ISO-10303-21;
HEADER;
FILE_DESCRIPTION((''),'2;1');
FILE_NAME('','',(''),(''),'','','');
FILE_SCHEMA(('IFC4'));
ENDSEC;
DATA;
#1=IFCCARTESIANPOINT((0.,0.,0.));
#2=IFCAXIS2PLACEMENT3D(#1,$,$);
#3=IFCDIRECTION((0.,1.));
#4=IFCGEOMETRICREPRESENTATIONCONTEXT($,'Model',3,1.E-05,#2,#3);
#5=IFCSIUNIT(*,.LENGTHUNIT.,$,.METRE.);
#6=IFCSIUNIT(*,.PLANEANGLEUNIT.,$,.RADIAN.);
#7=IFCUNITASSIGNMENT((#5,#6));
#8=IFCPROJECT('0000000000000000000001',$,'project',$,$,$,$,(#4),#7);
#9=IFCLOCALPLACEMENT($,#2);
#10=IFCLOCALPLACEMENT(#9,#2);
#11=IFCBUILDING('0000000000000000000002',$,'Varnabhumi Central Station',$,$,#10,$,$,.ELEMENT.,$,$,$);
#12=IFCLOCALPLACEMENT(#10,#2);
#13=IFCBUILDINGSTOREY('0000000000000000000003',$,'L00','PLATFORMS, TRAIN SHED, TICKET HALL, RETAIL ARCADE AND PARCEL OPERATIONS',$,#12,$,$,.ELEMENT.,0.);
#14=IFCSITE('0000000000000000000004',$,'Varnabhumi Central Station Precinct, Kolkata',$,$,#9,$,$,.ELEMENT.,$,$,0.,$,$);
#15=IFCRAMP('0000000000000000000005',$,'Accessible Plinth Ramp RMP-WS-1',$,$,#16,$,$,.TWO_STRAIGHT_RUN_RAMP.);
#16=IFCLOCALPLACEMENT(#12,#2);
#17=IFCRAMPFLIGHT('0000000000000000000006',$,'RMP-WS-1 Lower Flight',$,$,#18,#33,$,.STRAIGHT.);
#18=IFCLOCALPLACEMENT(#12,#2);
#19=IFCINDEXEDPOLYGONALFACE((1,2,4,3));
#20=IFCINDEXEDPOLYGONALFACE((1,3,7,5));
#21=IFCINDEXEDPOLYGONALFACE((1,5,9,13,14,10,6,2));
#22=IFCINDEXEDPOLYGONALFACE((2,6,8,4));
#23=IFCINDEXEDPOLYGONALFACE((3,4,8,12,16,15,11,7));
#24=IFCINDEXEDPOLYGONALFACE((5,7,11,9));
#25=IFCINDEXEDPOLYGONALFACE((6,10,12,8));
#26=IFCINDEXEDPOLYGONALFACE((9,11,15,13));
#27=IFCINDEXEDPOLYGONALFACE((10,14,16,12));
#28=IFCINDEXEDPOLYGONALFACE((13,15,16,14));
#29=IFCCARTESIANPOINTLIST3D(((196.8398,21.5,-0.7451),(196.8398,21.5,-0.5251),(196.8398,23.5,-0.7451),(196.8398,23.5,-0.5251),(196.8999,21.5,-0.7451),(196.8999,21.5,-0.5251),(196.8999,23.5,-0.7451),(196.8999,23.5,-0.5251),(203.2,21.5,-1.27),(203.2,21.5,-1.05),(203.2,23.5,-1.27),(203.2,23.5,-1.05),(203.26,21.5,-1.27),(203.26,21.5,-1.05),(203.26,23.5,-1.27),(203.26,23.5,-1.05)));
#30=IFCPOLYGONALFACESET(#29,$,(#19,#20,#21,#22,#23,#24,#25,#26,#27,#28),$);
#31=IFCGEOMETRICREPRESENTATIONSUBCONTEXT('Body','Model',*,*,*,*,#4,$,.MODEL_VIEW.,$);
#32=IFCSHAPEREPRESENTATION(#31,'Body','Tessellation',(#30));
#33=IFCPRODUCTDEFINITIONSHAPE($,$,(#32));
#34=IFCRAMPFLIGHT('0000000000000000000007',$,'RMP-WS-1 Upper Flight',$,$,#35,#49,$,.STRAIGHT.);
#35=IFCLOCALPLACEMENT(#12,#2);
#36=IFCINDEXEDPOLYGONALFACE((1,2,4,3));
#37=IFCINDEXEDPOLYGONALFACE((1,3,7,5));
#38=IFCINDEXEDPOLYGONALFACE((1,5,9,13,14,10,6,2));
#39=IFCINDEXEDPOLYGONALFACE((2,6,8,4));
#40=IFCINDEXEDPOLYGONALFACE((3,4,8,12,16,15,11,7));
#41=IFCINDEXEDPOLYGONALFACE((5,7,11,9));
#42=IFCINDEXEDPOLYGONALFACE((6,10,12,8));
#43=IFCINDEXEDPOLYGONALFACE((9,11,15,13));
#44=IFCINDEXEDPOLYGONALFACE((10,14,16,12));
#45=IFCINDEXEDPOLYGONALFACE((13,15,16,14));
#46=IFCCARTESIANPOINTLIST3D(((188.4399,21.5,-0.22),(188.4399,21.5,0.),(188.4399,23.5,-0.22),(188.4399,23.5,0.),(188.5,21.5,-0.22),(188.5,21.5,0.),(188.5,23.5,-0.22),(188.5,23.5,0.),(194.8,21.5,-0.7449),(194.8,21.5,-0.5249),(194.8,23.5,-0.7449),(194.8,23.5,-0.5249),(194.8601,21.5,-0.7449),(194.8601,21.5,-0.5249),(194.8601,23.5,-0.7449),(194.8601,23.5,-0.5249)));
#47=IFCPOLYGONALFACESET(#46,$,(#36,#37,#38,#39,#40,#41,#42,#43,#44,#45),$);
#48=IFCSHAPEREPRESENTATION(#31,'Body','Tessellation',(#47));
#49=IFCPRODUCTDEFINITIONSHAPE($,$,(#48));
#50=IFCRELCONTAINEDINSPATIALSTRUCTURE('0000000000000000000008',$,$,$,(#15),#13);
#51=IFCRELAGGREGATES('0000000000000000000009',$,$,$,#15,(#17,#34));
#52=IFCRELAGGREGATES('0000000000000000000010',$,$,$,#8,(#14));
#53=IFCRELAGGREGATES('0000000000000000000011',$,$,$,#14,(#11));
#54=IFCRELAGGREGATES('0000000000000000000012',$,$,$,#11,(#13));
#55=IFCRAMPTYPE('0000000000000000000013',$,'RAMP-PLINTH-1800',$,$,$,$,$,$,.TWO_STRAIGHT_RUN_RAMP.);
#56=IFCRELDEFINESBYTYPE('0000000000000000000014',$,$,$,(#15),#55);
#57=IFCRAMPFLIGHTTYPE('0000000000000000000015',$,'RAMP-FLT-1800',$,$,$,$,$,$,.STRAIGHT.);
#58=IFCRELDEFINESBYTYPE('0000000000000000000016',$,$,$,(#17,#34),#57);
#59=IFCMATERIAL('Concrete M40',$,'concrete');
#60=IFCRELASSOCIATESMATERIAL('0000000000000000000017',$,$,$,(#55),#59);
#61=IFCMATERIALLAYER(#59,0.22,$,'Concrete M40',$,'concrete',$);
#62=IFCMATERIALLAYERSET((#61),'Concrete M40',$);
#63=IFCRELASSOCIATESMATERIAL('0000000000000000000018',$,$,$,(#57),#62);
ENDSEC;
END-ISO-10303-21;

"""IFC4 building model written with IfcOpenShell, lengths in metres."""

from ifc_helpers import new_model, si_unit, direction, frame, origin, place, context, subcontext, project, spatial, polyline, outline, extrude, material, layer, layer_set, type_object, element, aggregate, save


model = new_model("IFC4")

# Units and contexts
model_context = context("Model", 3, precision=1e-05, world=origin(), true_north=direction((0.0, 1.0)))
body_context = subcontext(model_context, "Body", "Model", "MODEL_VIEW")
ifc_project = project(units=[si_unit("LENGTHUNIT", "METRE"), si_unit("PLANEANGLEUNIT", "RADIAN")], contexts=[model_context])

# Site, building, storey
site_placement = place(None, origin())
site = spatial("IfcSite", under=ifc_project, at=site_placement, Name="Varnabhumi Central Station Precinct, Kolkata", CompositionType="ELEMENT", RefElevation=0.0)
building_placement = place(site_placement, origin())
building = spatial("IfcBuilding", under=site, at=building_placement, Name="Varnabhumi Central Station", CompositionType="ELEMENT")
storey_placement = place(building_placement, origin())
storey = spatial("IfcBuildingStorey", under=building, at=storey_placement, Name="L00", Description="PLATFORMS, TRAIN SHED, TICKET HALL, RETAIL ARCADE AND PARCEL OPERATIONS", CompositionType="ELEMENT", Elevation=0.0)

# Shared definitions
ifc_material_1 = material(Name="Concrete M40", Category="concrete")

# Ramp, ramp flights
ramp_type = type_object("IfcRampType", Name="RAMP-PLINTH-1800", PredefinedType="TWO_STRAIGHT_RUN_RAMP", material=ifc_material_1)
ramp_placement = place(storey_placement, origin())
ramp = element("IfcRamp", 1, at=ramp_placement, inside=storey, type_object=ramp_type, Name="Accessible Plinth Ramp RMP-WS-1", PredefinedType="TWO_STRAIGHT_RUN_RAMP")
ifc_layer_1 = layer(ifc_material_1, 0.22, Name="Concrete M40", Category="concrete")
ifc_layer_set_1 = layer_set([ifc_layer_1], Name="Concrete M40")
ramp_flight_type = type_object("IfcRampFlightType", Name="RAMP-FLT-1800", PredefinedType="STRAIGHT", material=ifc_layer_set_1)
ramp_flight_1_placement = place(storey_placement, frame((203.2, 22.5, -1.05), z_axis=(0.0, 0.0, 1.0), x_axis=(-1.0, 0.0, 0.0)))
ramp_flight_1 = element("IfcRampFlight", 2, at=ramp_flight_1_placement, type_object=ramp_flight_type, Name="RMP-WS-1 Lower Flight", PredefinedType="STRAIGHT", context=body_context, shape_type="SweptSolid", body=[
    extrude(outline(polyline([(-0.0601, 0.0), (0.0, 0.0), (6.3, 0.5249), (6.3601, 0.5249), (6.3601, 0.3049), (6.3, 0.3049), (0.0, -0.22), (-0.0601, -0.22), (-0.0601, 0.0)])), frame((0.0, 1.0, 0.0), z_axis=(0.0, -1.0, 0.0), x_axis=(1.0, 0.0, 0.0)), (0.0, 0.0, 1.0), 2.0),
])
ramp_flight_2_placement = place(storey_placement, frame((194.8, 22.5, -0.5249), z_axis=(0.0, 0.0, 1.0), x_axis=(-1.0, 0.0, 0.0)))
ramp_flight_2 = element("IfcRampFlight", 3, at=ramp_flight_2_placement, type_object=ramp_flight_type, Name="RMP-WS-1 Upper Flight", PredefinedType="STRAIGHT", context=body_context, shape_type="SweptSolid", body=[
    extrude(outline(polyline([(-0.0601, 0.0), (0.0, 0.0), (6.3, 0.5249), (6.3601, 0.5249), (6.3601, 0.3049), (6.3, 0.3049), (0.0, -0.22), (-0.0601, -0.22), (-0.0601, 0.0)])), frame((0.0, 1.0, 0.0), z_axis=(0.0, -1.0, 0.0), x_axis=(1.0, 0.0, 0.0)), (0.0, 0.0, 1.0), 2.0),
])
aggregate(ramp, [ramp_flight_1, ramp_flight_2])

save(model, "model.ifc")
